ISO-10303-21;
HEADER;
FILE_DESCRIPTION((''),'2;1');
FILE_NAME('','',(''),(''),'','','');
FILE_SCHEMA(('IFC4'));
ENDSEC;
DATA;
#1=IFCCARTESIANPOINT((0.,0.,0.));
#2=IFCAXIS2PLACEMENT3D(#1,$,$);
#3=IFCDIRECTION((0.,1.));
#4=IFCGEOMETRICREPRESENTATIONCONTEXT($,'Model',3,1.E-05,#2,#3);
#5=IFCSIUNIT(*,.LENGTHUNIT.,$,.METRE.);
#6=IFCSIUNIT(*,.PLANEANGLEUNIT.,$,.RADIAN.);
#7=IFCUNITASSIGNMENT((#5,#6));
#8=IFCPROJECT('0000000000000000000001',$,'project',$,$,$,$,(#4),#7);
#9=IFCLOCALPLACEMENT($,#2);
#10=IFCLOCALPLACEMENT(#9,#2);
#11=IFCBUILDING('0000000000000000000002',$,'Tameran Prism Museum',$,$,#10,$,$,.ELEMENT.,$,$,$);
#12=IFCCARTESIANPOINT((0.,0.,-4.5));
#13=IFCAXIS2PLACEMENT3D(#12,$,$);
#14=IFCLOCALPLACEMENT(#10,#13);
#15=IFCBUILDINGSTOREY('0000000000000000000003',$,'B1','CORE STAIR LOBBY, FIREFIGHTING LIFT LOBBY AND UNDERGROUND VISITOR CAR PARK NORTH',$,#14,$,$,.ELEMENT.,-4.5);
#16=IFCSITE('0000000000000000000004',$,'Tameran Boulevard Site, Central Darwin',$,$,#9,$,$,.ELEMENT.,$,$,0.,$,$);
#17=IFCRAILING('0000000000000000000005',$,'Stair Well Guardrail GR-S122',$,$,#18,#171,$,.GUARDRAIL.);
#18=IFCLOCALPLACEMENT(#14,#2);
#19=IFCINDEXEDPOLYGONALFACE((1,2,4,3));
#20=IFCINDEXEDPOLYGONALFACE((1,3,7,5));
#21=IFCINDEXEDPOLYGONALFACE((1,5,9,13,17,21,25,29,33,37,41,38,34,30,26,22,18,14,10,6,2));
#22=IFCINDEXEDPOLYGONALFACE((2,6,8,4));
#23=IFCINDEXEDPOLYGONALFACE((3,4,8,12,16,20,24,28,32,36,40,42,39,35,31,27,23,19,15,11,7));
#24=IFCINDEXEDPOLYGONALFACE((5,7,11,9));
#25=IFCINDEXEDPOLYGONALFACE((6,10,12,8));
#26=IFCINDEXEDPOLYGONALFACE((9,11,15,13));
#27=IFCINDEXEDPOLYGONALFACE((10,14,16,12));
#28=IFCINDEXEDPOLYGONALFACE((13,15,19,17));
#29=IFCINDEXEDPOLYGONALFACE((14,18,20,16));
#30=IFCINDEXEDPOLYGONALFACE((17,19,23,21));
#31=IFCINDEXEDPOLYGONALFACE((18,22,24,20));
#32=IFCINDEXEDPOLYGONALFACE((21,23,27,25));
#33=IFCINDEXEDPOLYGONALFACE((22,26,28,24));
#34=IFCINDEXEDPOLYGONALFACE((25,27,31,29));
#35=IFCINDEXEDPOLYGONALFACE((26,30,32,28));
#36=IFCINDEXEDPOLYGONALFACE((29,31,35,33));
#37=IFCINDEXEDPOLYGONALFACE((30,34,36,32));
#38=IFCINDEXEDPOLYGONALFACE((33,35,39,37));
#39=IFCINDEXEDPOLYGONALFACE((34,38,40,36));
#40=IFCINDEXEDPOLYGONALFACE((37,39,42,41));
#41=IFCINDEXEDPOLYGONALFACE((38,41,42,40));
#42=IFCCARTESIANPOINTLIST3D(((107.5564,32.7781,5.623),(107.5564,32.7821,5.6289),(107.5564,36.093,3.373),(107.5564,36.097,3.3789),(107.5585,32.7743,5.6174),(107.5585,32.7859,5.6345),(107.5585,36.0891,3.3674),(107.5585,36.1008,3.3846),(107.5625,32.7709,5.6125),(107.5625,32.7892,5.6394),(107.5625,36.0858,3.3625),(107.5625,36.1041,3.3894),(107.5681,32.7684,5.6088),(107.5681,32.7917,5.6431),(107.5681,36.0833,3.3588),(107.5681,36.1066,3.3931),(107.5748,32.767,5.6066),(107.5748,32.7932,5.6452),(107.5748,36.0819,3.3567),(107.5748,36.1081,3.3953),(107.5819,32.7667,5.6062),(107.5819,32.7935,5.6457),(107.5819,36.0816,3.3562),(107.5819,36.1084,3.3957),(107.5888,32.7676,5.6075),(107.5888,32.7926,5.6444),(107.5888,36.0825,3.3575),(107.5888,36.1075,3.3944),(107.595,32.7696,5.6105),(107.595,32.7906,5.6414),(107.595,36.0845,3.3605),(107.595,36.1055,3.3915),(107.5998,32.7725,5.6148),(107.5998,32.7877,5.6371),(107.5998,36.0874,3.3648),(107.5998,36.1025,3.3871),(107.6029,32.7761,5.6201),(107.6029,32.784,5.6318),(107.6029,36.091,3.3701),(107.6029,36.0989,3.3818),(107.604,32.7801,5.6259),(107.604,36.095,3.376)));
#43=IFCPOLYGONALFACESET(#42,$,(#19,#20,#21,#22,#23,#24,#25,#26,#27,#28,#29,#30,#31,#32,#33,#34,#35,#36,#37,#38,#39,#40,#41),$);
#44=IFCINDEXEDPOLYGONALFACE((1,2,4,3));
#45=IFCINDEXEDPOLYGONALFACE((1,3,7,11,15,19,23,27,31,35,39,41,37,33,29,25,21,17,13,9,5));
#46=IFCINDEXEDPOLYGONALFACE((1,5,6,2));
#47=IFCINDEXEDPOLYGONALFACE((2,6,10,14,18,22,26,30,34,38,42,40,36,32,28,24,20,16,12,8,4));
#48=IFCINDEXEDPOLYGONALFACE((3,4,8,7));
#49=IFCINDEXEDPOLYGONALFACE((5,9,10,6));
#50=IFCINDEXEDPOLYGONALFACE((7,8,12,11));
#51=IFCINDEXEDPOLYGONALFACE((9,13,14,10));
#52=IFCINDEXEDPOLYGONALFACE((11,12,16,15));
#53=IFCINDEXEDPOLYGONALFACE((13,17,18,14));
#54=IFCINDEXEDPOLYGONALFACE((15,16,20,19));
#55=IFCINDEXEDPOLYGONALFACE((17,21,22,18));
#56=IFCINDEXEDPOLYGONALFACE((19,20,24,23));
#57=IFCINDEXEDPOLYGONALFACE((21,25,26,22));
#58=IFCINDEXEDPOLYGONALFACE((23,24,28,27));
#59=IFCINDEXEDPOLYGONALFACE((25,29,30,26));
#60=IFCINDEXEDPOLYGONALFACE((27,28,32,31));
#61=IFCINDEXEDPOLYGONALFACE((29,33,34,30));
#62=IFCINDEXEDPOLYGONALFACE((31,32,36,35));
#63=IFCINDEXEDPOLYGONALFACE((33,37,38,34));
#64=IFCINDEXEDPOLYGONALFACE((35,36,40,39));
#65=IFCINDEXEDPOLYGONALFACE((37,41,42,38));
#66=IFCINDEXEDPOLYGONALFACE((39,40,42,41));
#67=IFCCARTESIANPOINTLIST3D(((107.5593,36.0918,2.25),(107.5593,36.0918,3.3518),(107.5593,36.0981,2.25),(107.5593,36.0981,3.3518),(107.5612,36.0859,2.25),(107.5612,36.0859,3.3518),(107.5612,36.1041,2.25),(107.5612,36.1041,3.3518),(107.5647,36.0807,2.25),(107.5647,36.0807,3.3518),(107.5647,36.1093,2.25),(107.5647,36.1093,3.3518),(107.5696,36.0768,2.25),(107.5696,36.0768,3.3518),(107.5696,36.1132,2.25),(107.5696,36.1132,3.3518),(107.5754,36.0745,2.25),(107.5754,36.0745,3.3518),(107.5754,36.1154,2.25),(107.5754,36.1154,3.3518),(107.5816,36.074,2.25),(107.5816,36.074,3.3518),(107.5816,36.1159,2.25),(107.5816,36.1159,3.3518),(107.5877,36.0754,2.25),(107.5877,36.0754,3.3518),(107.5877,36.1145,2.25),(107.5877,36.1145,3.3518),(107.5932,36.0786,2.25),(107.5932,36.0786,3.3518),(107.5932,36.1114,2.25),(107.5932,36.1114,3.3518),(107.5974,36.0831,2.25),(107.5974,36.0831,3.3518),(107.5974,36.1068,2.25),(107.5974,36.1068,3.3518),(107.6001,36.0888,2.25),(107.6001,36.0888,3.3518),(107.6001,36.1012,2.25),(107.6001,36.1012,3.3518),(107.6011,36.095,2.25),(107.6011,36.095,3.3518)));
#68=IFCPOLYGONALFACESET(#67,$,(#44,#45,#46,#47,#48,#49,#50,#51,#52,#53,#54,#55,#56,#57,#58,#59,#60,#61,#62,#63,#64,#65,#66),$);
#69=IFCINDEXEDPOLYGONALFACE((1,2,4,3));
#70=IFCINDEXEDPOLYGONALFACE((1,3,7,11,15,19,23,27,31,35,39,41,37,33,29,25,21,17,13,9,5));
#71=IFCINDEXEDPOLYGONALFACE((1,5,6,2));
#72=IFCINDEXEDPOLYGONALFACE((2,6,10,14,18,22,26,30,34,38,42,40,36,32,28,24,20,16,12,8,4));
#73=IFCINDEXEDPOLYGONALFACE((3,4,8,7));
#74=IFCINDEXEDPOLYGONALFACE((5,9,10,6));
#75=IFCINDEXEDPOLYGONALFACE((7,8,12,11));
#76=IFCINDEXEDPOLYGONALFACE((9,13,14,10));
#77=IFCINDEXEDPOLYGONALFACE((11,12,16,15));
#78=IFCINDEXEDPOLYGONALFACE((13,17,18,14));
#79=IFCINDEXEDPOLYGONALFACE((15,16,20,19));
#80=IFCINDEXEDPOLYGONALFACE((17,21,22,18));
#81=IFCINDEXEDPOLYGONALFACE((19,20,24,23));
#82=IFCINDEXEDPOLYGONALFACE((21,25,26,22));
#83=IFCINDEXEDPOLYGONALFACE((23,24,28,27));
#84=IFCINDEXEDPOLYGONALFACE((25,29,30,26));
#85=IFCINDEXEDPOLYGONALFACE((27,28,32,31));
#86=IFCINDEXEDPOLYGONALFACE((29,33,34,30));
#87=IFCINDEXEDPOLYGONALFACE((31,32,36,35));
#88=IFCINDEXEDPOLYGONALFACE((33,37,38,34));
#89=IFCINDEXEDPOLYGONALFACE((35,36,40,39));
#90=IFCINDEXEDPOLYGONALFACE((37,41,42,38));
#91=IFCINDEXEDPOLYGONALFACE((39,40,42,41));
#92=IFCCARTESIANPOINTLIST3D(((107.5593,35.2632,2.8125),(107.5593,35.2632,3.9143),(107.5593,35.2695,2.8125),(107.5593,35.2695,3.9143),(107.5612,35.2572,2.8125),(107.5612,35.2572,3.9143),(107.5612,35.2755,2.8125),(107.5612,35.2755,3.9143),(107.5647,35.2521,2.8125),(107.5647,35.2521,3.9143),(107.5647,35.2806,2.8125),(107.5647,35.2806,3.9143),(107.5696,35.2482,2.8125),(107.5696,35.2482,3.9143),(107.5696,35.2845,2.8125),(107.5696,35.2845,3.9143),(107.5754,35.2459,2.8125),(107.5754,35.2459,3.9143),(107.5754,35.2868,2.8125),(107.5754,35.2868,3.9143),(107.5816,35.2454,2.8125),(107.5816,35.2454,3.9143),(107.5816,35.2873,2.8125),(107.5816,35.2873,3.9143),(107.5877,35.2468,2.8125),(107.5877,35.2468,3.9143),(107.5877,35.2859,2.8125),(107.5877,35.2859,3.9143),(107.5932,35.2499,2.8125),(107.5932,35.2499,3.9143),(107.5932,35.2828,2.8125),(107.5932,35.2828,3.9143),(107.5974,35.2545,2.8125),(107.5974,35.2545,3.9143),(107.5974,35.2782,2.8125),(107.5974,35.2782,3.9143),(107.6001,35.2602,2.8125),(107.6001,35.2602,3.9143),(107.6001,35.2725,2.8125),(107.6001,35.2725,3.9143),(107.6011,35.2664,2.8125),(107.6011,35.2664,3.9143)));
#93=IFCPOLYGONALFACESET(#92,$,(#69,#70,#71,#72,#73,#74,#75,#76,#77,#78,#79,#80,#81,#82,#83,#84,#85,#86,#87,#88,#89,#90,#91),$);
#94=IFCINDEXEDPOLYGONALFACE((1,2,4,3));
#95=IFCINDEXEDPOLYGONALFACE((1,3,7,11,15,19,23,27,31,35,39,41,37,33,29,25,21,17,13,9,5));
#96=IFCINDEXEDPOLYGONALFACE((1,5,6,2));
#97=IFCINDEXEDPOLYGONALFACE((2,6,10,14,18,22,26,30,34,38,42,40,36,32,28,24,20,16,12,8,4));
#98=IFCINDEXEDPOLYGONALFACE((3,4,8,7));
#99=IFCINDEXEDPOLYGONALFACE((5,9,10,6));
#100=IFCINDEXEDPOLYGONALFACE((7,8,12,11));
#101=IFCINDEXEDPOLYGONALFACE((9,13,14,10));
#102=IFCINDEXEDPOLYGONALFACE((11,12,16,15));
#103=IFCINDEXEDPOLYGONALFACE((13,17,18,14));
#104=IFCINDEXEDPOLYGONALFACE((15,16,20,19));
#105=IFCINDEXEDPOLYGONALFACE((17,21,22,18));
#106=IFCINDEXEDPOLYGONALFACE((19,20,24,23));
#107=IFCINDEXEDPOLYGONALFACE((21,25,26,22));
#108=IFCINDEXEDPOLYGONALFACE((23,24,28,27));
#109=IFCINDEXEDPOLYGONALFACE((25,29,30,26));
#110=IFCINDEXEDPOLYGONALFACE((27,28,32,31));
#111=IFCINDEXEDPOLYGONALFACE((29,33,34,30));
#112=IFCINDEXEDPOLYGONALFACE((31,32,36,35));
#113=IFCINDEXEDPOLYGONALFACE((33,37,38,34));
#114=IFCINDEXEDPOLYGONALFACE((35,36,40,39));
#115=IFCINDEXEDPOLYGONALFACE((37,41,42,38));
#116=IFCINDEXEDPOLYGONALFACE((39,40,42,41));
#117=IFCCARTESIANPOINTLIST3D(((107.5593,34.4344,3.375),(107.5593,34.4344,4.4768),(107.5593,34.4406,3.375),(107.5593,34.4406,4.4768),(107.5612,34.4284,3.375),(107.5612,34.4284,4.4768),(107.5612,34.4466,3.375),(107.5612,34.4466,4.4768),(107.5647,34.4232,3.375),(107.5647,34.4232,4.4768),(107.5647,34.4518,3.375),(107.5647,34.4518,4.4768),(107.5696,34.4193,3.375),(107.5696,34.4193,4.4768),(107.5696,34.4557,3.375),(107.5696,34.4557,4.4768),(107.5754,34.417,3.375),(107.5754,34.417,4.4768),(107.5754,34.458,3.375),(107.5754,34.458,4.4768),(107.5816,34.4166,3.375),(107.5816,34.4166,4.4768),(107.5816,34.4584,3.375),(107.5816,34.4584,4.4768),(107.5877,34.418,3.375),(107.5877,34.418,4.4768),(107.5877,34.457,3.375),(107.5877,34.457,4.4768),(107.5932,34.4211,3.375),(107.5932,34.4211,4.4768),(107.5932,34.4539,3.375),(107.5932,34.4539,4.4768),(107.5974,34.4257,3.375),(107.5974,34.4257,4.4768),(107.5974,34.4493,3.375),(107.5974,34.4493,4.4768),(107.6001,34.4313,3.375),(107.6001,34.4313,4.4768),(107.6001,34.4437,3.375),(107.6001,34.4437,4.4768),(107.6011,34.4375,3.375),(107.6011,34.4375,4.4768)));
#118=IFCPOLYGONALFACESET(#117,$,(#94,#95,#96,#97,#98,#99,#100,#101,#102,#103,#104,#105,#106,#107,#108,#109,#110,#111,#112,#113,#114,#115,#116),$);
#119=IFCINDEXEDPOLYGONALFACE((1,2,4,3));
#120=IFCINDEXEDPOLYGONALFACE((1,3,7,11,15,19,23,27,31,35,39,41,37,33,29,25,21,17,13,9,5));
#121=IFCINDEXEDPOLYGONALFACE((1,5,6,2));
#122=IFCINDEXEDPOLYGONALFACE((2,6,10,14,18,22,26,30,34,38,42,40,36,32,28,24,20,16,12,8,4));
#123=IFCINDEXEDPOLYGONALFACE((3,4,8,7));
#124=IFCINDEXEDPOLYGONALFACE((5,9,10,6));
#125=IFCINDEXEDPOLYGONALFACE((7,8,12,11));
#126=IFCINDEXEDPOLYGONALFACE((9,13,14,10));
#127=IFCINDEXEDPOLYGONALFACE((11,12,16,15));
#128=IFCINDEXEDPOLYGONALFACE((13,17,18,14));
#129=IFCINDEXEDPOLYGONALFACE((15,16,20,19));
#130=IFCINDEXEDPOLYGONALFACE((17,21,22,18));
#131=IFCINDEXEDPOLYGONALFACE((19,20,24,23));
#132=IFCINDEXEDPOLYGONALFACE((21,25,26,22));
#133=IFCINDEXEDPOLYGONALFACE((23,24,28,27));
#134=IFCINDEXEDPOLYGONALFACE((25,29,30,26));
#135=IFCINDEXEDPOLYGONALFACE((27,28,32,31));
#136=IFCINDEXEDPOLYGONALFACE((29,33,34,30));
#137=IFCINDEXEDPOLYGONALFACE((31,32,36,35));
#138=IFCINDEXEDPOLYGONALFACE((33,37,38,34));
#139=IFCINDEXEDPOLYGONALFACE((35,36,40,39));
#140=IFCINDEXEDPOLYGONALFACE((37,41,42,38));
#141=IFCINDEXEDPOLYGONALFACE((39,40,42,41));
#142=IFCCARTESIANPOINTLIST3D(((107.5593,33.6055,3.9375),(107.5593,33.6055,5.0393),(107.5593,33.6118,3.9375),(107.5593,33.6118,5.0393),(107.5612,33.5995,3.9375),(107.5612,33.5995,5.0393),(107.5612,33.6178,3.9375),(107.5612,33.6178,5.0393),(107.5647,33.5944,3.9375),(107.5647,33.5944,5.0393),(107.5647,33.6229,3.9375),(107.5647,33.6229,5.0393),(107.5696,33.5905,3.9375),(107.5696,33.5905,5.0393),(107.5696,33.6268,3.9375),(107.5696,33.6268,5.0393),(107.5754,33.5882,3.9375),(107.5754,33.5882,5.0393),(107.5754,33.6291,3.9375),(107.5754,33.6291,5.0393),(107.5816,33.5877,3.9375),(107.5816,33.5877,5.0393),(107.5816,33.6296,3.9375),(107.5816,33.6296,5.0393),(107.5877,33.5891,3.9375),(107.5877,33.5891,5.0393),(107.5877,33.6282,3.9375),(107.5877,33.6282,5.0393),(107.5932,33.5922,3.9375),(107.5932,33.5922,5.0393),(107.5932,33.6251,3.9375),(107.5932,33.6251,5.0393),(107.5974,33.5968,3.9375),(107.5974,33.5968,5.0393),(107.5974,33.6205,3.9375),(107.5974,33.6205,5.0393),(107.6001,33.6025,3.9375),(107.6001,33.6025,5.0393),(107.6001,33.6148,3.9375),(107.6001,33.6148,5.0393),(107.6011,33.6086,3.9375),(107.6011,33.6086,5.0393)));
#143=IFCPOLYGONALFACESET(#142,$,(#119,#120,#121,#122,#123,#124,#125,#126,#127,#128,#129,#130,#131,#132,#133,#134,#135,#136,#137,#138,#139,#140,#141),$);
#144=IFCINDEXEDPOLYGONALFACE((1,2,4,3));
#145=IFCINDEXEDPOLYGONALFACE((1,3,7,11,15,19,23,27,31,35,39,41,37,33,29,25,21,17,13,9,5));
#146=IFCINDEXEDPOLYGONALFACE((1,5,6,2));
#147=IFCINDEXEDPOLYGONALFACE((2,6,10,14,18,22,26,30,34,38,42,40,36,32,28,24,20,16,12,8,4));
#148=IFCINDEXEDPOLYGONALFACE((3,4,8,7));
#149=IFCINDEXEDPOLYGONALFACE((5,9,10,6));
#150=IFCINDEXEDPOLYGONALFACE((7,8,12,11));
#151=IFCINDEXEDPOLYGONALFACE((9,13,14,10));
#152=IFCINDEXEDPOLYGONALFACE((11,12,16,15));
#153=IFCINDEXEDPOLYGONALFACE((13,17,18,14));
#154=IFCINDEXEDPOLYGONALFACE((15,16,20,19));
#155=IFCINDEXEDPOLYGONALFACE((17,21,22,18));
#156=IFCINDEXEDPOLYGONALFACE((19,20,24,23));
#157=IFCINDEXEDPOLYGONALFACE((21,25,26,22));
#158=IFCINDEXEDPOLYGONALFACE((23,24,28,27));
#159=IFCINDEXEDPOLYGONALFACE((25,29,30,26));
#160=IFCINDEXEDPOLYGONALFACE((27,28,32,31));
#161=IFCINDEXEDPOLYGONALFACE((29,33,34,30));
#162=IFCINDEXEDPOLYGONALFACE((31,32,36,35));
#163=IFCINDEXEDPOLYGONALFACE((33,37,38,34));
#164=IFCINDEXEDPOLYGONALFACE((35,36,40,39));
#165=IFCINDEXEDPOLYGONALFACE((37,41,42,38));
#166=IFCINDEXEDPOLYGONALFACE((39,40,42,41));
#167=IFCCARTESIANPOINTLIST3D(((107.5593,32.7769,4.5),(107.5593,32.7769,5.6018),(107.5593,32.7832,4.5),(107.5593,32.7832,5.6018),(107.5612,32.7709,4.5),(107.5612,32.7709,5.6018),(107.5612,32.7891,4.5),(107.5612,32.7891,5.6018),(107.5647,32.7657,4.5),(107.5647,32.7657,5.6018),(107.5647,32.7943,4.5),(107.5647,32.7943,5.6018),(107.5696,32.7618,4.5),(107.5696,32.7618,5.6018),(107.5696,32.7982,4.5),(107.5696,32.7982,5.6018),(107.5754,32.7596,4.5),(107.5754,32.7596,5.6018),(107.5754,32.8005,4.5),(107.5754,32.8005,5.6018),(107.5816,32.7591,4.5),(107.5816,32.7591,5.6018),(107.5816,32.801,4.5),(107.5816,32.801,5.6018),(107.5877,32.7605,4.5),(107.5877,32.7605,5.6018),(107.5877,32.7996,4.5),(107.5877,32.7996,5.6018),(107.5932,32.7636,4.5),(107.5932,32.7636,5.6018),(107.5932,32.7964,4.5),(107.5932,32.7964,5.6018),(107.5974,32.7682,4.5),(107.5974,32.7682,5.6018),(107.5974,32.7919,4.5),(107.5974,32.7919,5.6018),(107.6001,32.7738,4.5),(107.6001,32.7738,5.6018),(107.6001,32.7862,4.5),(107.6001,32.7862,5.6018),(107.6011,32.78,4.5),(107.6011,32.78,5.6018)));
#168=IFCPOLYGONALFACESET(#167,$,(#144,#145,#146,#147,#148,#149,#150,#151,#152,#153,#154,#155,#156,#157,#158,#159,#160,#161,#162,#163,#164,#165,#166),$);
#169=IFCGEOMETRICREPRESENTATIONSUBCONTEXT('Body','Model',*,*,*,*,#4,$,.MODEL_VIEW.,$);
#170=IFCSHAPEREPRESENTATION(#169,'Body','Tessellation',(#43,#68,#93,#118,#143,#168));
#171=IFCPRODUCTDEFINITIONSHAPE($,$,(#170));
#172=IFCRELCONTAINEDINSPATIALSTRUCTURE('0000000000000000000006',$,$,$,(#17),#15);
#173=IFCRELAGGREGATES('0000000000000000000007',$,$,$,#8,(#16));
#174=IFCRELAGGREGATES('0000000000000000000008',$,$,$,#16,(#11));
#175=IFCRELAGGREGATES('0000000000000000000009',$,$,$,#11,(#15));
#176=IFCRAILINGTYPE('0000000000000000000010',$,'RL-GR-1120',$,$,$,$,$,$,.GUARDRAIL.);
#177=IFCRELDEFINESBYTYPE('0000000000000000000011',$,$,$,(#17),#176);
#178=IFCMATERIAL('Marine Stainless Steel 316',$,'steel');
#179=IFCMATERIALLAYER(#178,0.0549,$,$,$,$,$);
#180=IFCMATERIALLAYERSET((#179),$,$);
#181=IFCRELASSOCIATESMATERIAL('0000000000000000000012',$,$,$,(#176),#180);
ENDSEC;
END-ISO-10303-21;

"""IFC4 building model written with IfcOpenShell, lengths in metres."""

from ifc_helpers import new_model, si_unit, direction, frame, origin, origin_2d, place, context, subcontext, project, spatial, circle, extrude, material, layer, layer_set, type_object, element, save


model = new_model("IFC4")

# Units and contexts
model_context = context("Model", 3, precision=1e-05, world=origin(), true_north=direction((0.0, 1.0)))
body_context = subcontext(model_context, "Body", "Model", "MODEL_VIEW")
ifc_project = project(units=[si_unit("LENGTHUNIT", "METRE"), si_unit("PLANEANGLEUNIT", "RADIAN")], contexts=[model_context])

# Site, building, storey
site_placement = place(None, origin())
site = spatial("IfcSite", under=ifc_project, at=site_placement, Name="Tameran Boulevard Site, Central Darwin", CompositionType="ELEMENT", RefElevation=0.0)
building_placement = place(site_placement, origin())
building = spatial("IfcBuilding", under=site, at=building_placement, Name="Tameran Prism Museum", CompositionType="ELEMENT")
storey_placement = place(building_placement, frame((0.0, 0.0, -4.5)))
storey = spatial("IfcBuildingStorey", under=building, at=storey_placement, Name="B1", Description="CORE STAIR LOBBY, FIREFIGHTING LIFT LOBBY AND UNDERGROUND VISITOR CAR PARK NORTH", CompositionType="ELEMENT", Elevation=-4.5)

# Railing
ifc_material_1 = material(Name="Marine Stainless Steel 316", Category="steel")
ifc_layer_1 = layer(ifc_material_1, 0.0549)
ifc_layer_set_1 = layer_set([ifc_layer_1])
railing_type_1 = type_object("IfcRailingType", Name="RL-GR-1120", PredefinedType="GUARDRAIL", material=ifc_layer_set_1)
railing_1_placement = place(storey_placement, frame((107.5801, 36.095, 2.25)))
element("IfcRailing", 1, at=railing_1_placement, inside=storey, type_object=railing_type_1, Name="Stair Well Guardrail GR-S122", PredefinedType="GUARDRAIL", context=body_context, shape_type="SweptSolid", body=[
    extrude(circle(Radius=0.0239, at=origin_2d()), frame((0.0, 0.0, 1.126), z_axis=(0.0, -0.827409, 0.5616), x_axis=(1.0, 0.0, 0.0)), (0.0, 0.0, 1.0), 4.0063),
    extrude(circle(Radius=0.021, at=origin_2d()), origin(), (0.0, 0.0, 1.0), 1.1018),
    extrude(circle(Radius=0.021, at=origin_2d()), frame((0.0, -0.8286, 0.5625)), (0.0, 0.0, 1.0), 1.1018),
    extrude(circle(Radius=0.021, at=origin_2d()), frame((0.0, -1.6575, 1.125)), (0.0, 0.0, 1.0), 1.1018),
    extrude(circle(Radius=0.021, at=origin_2d()), frame((0.0, -2.4863, 1.6875)), (0.0, 0.0, 1.0), 1.1018),
    extrude(circle(Radius=0.021, at=origin_2d()), frame((0.0, -3.3149, 2.25)), (0.0, 0.0, 1.0), 1.1018),
])

save(model, "model.ifc")
